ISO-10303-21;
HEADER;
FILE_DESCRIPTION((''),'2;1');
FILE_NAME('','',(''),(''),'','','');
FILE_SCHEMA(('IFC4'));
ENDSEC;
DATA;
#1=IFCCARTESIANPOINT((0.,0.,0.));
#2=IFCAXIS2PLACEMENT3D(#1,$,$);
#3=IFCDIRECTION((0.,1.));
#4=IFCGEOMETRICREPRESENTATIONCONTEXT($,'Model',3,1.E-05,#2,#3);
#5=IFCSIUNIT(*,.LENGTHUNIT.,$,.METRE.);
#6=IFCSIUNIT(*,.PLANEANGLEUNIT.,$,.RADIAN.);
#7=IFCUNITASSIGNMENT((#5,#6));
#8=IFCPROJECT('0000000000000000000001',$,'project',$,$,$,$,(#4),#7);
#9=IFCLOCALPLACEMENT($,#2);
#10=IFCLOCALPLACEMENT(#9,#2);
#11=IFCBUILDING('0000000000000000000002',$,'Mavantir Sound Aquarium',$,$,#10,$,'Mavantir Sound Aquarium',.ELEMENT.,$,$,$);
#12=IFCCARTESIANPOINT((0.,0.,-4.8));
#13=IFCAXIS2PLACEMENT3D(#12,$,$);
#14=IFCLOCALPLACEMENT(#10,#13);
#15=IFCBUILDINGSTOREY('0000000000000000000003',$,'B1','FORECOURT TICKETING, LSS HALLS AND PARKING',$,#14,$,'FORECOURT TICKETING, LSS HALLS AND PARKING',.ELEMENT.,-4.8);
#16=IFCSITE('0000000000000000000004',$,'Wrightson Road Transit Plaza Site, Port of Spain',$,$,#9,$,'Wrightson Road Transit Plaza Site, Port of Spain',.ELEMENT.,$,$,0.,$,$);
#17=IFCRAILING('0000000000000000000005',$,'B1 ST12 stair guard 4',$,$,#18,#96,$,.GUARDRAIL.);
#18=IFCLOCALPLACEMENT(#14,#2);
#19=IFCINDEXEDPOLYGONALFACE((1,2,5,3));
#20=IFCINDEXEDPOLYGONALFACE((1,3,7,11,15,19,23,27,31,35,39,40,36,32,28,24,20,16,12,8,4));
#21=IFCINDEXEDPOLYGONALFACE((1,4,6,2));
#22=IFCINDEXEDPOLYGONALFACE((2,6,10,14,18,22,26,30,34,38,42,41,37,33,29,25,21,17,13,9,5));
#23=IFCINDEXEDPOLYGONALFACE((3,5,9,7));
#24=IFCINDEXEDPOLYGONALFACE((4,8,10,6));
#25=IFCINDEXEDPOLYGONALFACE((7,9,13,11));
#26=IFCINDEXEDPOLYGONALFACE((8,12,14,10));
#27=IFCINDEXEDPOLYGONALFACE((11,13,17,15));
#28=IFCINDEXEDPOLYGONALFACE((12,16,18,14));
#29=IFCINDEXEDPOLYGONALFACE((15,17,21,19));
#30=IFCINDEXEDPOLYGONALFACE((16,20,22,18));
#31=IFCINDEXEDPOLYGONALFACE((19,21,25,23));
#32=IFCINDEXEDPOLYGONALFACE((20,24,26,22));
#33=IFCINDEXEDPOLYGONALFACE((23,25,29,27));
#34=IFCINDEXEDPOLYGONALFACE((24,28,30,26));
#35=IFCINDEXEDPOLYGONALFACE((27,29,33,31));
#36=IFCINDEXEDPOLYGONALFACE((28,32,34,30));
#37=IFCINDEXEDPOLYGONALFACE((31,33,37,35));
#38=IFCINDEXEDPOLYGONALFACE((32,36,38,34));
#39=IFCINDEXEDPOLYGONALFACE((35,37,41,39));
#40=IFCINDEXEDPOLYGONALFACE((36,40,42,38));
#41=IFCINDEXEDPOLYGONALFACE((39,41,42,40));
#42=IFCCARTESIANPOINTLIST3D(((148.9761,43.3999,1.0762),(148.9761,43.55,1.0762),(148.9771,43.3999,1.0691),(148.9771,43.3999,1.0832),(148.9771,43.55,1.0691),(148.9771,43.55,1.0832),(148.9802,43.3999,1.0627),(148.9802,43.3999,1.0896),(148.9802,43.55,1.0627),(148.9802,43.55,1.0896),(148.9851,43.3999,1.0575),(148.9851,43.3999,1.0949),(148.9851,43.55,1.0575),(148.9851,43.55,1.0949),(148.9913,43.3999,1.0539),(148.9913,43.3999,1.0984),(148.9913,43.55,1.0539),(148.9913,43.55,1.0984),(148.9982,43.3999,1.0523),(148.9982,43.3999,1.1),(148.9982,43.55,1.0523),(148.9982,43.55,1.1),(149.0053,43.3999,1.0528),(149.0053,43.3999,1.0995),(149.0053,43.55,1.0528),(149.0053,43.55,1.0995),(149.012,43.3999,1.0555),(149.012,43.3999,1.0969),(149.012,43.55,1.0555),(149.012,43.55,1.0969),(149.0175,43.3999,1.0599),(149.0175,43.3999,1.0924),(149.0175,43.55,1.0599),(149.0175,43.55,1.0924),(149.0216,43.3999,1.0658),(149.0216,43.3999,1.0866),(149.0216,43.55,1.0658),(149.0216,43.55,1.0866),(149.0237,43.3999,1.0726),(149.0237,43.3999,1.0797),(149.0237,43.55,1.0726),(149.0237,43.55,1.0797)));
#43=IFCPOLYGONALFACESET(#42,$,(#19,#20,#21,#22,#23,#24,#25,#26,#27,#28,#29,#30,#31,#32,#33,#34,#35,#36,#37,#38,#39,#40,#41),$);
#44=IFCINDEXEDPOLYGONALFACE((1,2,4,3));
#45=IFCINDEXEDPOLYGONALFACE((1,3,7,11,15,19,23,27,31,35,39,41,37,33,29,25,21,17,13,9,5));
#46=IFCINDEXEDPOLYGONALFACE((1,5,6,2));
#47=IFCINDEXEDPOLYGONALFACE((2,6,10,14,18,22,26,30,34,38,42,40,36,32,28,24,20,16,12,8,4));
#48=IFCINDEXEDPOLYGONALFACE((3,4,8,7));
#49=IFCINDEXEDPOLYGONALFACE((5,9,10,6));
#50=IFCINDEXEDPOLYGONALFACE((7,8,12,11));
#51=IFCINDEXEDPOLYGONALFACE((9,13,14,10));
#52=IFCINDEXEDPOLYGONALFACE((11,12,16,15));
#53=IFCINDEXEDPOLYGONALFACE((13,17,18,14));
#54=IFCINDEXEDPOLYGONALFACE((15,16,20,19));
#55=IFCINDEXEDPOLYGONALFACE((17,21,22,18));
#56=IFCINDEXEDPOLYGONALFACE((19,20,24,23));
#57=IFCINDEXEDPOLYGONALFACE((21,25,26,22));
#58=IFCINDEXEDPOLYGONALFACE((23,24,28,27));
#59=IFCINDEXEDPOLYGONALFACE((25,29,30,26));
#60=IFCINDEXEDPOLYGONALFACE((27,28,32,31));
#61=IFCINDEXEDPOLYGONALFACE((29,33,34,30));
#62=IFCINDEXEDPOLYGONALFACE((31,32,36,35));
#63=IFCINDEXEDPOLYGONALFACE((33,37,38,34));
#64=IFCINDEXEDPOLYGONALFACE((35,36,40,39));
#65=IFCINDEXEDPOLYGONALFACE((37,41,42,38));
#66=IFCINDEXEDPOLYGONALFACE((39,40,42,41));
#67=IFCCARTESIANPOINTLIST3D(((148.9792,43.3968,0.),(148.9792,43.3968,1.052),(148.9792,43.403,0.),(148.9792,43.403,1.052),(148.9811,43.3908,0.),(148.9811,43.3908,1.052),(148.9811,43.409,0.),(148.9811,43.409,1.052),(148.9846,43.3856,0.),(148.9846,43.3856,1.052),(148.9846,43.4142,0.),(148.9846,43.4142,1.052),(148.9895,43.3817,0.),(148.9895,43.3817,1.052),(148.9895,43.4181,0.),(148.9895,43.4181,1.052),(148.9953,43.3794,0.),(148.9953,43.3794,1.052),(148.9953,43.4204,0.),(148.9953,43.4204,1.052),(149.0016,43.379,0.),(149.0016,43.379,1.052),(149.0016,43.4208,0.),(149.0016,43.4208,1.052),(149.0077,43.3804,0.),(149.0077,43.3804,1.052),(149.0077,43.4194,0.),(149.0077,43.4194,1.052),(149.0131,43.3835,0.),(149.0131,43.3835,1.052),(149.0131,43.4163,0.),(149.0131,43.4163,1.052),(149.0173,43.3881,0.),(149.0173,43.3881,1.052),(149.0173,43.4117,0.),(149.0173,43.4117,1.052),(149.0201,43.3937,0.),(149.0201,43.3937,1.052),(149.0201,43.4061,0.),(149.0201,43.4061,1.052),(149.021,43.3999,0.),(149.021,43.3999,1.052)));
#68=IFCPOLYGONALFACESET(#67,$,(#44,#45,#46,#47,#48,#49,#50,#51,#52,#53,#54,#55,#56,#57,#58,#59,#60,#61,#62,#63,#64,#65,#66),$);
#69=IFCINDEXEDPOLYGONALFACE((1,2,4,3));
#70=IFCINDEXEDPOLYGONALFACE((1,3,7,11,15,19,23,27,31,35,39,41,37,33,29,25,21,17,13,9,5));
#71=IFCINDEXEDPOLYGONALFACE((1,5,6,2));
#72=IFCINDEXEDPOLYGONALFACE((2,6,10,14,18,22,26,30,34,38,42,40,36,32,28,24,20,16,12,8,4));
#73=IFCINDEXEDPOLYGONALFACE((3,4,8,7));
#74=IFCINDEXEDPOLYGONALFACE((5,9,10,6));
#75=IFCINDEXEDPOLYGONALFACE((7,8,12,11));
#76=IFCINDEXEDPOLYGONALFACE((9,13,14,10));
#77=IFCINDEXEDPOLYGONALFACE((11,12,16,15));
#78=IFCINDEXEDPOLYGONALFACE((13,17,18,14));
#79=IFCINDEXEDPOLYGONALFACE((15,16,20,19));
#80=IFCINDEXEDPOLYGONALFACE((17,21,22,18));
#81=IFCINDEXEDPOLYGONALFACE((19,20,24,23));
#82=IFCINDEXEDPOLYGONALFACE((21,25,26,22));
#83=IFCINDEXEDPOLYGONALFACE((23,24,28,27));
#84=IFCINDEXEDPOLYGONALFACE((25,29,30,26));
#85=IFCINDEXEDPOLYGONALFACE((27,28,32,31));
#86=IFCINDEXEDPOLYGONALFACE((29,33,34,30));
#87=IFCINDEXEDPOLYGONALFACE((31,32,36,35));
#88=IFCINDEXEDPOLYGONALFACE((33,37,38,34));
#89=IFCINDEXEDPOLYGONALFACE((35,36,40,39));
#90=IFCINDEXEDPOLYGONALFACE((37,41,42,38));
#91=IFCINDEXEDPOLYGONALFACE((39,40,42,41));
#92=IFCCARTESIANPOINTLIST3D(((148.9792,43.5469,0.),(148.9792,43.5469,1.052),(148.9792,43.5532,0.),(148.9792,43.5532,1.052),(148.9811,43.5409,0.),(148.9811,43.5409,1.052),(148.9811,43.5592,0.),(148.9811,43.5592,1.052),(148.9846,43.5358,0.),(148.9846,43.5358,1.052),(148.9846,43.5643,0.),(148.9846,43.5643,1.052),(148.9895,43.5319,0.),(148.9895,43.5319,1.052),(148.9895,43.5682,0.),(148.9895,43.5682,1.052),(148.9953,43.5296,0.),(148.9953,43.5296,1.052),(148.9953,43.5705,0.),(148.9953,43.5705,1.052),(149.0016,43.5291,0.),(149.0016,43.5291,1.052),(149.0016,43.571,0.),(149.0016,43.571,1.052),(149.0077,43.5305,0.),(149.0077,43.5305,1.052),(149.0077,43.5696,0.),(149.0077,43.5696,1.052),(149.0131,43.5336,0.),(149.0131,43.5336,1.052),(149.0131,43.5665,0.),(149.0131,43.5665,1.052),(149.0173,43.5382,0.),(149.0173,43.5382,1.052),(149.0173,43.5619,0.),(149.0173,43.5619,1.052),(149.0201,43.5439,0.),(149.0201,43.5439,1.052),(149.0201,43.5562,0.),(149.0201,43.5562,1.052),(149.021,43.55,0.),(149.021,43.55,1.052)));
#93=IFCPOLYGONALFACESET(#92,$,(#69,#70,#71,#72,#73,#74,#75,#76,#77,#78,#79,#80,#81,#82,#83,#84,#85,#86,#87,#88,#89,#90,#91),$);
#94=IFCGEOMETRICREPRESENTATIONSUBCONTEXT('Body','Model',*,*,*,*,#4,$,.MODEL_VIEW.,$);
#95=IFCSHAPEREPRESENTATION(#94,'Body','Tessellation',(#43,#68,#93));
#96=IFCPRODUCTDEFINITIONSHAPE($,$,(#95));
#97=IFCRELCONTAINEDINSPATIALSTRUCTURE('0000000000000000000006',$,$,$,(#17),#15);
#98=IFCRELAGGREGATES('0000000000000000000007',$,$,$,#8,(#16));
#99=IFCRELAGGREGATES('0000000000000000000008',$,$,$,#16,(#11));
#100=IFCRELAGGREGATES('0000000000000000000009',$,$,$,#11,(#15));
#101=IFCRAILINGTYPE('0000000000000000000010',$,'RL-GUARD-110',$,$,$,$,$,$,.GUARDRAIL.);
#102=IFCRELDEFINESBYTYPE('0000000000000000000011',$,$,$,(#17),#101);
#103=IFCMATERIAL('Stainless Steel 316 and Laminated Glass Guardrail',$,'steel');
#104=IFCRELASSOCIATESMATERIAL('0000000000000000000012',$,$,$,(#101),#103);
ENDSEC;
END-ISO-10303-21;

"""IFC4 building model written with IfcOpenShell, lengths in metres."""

from ifc_helpers import new_model, si_unit, direction, frame, origin, origin_2d, place, context, subcontext, project, spatial, circle, extrude, material, type_object, element, save


model = new_model("IFC4")

# Units and contexts
model_context = context("Model", 3, precision=1e-05, world=origin(), true_north=direction((0.0, 1.0)))
body_context = subcontext(model_context, "Body", "Model", "MODEL_VIEW")
ifc_project = project(units=[si_unit("LENGTHUNIT", "METRE"), si_unit("PLANEANGLEUNIT", "RADIAN")], contexts=[model_context])

# Site, building, storey
site_placement = place(None, origin())
site = spatial("IfcSite", under=ifc_project, at=site_placement, Name="Wrightson Road Transit Plaza Site, Port of Spain", LongName="Wrightson Road Transit Plaza Site, Port of Spain", CompositionType="ELEMENT", RefElevation=0.0)
building_placement = place(site_placement, origin())
building = spatial("IfcBuilding", under=site, at=building_placement, Name="Mavantir Sound Aquarium", LongName="Mavantir Sound Aquarium", CompositionType="ELEMENT")
storey_placement = place(building_placement, frame((0.0, 0.0, -4.8)))
storey = spatial("IfcBuildingStorey", under=building, at=storey_placement, Name="B1", Description="FORECOURT TICKETING, LSS HALLS AND PARKING", LongName="FORECOURT TICKETING, LSS HALLS AND PARKING", CompositionType="ELEMENT", Elevation=-4.8)

# Railing
ifc_material_1 = material(Name="Stainless Steel 316 and Laminated Glass Guardrail", Category="steel")
railing_type_1 = type_object("IfcRailingType", Name="RL-GUARD-110", PredefinedType="GUARDRAIL", material=ifc_material_1)
railing_1_placement = place(storey_placement, frame((149.0, 43.3999, 0.0)))
element("IfcRailing", 1, at=railing_1_placement, inside=storey, type_object=railing_type_1, Name="B1 ST12 stair guard 4", PredefinedType="GUARDRAIL", context=body_context, shape_type="SweptSolid", body=[
    extrude(circle(Radius=0.0239, at=origin_2d()), frame((0.0, 0.0, 1.0762), z_axis=(0.0, 1.0, 0.0), x_axis=(-1.0, 0.0, 0.0)), (0.0, 0.0, 1.0), 0.1501),
    extrude(circle(Radius=0.021, at=origin_2d()), origin(), (0.0, 0.0, 1.0), 1.052),
    extrude(circle(Radius=0.021, at=origin_2d()), frame((0.0, 0.1501, 0.0)), (0.0, 0.0, 1.0), 1.052),
])

save(model, "model.ifc")
